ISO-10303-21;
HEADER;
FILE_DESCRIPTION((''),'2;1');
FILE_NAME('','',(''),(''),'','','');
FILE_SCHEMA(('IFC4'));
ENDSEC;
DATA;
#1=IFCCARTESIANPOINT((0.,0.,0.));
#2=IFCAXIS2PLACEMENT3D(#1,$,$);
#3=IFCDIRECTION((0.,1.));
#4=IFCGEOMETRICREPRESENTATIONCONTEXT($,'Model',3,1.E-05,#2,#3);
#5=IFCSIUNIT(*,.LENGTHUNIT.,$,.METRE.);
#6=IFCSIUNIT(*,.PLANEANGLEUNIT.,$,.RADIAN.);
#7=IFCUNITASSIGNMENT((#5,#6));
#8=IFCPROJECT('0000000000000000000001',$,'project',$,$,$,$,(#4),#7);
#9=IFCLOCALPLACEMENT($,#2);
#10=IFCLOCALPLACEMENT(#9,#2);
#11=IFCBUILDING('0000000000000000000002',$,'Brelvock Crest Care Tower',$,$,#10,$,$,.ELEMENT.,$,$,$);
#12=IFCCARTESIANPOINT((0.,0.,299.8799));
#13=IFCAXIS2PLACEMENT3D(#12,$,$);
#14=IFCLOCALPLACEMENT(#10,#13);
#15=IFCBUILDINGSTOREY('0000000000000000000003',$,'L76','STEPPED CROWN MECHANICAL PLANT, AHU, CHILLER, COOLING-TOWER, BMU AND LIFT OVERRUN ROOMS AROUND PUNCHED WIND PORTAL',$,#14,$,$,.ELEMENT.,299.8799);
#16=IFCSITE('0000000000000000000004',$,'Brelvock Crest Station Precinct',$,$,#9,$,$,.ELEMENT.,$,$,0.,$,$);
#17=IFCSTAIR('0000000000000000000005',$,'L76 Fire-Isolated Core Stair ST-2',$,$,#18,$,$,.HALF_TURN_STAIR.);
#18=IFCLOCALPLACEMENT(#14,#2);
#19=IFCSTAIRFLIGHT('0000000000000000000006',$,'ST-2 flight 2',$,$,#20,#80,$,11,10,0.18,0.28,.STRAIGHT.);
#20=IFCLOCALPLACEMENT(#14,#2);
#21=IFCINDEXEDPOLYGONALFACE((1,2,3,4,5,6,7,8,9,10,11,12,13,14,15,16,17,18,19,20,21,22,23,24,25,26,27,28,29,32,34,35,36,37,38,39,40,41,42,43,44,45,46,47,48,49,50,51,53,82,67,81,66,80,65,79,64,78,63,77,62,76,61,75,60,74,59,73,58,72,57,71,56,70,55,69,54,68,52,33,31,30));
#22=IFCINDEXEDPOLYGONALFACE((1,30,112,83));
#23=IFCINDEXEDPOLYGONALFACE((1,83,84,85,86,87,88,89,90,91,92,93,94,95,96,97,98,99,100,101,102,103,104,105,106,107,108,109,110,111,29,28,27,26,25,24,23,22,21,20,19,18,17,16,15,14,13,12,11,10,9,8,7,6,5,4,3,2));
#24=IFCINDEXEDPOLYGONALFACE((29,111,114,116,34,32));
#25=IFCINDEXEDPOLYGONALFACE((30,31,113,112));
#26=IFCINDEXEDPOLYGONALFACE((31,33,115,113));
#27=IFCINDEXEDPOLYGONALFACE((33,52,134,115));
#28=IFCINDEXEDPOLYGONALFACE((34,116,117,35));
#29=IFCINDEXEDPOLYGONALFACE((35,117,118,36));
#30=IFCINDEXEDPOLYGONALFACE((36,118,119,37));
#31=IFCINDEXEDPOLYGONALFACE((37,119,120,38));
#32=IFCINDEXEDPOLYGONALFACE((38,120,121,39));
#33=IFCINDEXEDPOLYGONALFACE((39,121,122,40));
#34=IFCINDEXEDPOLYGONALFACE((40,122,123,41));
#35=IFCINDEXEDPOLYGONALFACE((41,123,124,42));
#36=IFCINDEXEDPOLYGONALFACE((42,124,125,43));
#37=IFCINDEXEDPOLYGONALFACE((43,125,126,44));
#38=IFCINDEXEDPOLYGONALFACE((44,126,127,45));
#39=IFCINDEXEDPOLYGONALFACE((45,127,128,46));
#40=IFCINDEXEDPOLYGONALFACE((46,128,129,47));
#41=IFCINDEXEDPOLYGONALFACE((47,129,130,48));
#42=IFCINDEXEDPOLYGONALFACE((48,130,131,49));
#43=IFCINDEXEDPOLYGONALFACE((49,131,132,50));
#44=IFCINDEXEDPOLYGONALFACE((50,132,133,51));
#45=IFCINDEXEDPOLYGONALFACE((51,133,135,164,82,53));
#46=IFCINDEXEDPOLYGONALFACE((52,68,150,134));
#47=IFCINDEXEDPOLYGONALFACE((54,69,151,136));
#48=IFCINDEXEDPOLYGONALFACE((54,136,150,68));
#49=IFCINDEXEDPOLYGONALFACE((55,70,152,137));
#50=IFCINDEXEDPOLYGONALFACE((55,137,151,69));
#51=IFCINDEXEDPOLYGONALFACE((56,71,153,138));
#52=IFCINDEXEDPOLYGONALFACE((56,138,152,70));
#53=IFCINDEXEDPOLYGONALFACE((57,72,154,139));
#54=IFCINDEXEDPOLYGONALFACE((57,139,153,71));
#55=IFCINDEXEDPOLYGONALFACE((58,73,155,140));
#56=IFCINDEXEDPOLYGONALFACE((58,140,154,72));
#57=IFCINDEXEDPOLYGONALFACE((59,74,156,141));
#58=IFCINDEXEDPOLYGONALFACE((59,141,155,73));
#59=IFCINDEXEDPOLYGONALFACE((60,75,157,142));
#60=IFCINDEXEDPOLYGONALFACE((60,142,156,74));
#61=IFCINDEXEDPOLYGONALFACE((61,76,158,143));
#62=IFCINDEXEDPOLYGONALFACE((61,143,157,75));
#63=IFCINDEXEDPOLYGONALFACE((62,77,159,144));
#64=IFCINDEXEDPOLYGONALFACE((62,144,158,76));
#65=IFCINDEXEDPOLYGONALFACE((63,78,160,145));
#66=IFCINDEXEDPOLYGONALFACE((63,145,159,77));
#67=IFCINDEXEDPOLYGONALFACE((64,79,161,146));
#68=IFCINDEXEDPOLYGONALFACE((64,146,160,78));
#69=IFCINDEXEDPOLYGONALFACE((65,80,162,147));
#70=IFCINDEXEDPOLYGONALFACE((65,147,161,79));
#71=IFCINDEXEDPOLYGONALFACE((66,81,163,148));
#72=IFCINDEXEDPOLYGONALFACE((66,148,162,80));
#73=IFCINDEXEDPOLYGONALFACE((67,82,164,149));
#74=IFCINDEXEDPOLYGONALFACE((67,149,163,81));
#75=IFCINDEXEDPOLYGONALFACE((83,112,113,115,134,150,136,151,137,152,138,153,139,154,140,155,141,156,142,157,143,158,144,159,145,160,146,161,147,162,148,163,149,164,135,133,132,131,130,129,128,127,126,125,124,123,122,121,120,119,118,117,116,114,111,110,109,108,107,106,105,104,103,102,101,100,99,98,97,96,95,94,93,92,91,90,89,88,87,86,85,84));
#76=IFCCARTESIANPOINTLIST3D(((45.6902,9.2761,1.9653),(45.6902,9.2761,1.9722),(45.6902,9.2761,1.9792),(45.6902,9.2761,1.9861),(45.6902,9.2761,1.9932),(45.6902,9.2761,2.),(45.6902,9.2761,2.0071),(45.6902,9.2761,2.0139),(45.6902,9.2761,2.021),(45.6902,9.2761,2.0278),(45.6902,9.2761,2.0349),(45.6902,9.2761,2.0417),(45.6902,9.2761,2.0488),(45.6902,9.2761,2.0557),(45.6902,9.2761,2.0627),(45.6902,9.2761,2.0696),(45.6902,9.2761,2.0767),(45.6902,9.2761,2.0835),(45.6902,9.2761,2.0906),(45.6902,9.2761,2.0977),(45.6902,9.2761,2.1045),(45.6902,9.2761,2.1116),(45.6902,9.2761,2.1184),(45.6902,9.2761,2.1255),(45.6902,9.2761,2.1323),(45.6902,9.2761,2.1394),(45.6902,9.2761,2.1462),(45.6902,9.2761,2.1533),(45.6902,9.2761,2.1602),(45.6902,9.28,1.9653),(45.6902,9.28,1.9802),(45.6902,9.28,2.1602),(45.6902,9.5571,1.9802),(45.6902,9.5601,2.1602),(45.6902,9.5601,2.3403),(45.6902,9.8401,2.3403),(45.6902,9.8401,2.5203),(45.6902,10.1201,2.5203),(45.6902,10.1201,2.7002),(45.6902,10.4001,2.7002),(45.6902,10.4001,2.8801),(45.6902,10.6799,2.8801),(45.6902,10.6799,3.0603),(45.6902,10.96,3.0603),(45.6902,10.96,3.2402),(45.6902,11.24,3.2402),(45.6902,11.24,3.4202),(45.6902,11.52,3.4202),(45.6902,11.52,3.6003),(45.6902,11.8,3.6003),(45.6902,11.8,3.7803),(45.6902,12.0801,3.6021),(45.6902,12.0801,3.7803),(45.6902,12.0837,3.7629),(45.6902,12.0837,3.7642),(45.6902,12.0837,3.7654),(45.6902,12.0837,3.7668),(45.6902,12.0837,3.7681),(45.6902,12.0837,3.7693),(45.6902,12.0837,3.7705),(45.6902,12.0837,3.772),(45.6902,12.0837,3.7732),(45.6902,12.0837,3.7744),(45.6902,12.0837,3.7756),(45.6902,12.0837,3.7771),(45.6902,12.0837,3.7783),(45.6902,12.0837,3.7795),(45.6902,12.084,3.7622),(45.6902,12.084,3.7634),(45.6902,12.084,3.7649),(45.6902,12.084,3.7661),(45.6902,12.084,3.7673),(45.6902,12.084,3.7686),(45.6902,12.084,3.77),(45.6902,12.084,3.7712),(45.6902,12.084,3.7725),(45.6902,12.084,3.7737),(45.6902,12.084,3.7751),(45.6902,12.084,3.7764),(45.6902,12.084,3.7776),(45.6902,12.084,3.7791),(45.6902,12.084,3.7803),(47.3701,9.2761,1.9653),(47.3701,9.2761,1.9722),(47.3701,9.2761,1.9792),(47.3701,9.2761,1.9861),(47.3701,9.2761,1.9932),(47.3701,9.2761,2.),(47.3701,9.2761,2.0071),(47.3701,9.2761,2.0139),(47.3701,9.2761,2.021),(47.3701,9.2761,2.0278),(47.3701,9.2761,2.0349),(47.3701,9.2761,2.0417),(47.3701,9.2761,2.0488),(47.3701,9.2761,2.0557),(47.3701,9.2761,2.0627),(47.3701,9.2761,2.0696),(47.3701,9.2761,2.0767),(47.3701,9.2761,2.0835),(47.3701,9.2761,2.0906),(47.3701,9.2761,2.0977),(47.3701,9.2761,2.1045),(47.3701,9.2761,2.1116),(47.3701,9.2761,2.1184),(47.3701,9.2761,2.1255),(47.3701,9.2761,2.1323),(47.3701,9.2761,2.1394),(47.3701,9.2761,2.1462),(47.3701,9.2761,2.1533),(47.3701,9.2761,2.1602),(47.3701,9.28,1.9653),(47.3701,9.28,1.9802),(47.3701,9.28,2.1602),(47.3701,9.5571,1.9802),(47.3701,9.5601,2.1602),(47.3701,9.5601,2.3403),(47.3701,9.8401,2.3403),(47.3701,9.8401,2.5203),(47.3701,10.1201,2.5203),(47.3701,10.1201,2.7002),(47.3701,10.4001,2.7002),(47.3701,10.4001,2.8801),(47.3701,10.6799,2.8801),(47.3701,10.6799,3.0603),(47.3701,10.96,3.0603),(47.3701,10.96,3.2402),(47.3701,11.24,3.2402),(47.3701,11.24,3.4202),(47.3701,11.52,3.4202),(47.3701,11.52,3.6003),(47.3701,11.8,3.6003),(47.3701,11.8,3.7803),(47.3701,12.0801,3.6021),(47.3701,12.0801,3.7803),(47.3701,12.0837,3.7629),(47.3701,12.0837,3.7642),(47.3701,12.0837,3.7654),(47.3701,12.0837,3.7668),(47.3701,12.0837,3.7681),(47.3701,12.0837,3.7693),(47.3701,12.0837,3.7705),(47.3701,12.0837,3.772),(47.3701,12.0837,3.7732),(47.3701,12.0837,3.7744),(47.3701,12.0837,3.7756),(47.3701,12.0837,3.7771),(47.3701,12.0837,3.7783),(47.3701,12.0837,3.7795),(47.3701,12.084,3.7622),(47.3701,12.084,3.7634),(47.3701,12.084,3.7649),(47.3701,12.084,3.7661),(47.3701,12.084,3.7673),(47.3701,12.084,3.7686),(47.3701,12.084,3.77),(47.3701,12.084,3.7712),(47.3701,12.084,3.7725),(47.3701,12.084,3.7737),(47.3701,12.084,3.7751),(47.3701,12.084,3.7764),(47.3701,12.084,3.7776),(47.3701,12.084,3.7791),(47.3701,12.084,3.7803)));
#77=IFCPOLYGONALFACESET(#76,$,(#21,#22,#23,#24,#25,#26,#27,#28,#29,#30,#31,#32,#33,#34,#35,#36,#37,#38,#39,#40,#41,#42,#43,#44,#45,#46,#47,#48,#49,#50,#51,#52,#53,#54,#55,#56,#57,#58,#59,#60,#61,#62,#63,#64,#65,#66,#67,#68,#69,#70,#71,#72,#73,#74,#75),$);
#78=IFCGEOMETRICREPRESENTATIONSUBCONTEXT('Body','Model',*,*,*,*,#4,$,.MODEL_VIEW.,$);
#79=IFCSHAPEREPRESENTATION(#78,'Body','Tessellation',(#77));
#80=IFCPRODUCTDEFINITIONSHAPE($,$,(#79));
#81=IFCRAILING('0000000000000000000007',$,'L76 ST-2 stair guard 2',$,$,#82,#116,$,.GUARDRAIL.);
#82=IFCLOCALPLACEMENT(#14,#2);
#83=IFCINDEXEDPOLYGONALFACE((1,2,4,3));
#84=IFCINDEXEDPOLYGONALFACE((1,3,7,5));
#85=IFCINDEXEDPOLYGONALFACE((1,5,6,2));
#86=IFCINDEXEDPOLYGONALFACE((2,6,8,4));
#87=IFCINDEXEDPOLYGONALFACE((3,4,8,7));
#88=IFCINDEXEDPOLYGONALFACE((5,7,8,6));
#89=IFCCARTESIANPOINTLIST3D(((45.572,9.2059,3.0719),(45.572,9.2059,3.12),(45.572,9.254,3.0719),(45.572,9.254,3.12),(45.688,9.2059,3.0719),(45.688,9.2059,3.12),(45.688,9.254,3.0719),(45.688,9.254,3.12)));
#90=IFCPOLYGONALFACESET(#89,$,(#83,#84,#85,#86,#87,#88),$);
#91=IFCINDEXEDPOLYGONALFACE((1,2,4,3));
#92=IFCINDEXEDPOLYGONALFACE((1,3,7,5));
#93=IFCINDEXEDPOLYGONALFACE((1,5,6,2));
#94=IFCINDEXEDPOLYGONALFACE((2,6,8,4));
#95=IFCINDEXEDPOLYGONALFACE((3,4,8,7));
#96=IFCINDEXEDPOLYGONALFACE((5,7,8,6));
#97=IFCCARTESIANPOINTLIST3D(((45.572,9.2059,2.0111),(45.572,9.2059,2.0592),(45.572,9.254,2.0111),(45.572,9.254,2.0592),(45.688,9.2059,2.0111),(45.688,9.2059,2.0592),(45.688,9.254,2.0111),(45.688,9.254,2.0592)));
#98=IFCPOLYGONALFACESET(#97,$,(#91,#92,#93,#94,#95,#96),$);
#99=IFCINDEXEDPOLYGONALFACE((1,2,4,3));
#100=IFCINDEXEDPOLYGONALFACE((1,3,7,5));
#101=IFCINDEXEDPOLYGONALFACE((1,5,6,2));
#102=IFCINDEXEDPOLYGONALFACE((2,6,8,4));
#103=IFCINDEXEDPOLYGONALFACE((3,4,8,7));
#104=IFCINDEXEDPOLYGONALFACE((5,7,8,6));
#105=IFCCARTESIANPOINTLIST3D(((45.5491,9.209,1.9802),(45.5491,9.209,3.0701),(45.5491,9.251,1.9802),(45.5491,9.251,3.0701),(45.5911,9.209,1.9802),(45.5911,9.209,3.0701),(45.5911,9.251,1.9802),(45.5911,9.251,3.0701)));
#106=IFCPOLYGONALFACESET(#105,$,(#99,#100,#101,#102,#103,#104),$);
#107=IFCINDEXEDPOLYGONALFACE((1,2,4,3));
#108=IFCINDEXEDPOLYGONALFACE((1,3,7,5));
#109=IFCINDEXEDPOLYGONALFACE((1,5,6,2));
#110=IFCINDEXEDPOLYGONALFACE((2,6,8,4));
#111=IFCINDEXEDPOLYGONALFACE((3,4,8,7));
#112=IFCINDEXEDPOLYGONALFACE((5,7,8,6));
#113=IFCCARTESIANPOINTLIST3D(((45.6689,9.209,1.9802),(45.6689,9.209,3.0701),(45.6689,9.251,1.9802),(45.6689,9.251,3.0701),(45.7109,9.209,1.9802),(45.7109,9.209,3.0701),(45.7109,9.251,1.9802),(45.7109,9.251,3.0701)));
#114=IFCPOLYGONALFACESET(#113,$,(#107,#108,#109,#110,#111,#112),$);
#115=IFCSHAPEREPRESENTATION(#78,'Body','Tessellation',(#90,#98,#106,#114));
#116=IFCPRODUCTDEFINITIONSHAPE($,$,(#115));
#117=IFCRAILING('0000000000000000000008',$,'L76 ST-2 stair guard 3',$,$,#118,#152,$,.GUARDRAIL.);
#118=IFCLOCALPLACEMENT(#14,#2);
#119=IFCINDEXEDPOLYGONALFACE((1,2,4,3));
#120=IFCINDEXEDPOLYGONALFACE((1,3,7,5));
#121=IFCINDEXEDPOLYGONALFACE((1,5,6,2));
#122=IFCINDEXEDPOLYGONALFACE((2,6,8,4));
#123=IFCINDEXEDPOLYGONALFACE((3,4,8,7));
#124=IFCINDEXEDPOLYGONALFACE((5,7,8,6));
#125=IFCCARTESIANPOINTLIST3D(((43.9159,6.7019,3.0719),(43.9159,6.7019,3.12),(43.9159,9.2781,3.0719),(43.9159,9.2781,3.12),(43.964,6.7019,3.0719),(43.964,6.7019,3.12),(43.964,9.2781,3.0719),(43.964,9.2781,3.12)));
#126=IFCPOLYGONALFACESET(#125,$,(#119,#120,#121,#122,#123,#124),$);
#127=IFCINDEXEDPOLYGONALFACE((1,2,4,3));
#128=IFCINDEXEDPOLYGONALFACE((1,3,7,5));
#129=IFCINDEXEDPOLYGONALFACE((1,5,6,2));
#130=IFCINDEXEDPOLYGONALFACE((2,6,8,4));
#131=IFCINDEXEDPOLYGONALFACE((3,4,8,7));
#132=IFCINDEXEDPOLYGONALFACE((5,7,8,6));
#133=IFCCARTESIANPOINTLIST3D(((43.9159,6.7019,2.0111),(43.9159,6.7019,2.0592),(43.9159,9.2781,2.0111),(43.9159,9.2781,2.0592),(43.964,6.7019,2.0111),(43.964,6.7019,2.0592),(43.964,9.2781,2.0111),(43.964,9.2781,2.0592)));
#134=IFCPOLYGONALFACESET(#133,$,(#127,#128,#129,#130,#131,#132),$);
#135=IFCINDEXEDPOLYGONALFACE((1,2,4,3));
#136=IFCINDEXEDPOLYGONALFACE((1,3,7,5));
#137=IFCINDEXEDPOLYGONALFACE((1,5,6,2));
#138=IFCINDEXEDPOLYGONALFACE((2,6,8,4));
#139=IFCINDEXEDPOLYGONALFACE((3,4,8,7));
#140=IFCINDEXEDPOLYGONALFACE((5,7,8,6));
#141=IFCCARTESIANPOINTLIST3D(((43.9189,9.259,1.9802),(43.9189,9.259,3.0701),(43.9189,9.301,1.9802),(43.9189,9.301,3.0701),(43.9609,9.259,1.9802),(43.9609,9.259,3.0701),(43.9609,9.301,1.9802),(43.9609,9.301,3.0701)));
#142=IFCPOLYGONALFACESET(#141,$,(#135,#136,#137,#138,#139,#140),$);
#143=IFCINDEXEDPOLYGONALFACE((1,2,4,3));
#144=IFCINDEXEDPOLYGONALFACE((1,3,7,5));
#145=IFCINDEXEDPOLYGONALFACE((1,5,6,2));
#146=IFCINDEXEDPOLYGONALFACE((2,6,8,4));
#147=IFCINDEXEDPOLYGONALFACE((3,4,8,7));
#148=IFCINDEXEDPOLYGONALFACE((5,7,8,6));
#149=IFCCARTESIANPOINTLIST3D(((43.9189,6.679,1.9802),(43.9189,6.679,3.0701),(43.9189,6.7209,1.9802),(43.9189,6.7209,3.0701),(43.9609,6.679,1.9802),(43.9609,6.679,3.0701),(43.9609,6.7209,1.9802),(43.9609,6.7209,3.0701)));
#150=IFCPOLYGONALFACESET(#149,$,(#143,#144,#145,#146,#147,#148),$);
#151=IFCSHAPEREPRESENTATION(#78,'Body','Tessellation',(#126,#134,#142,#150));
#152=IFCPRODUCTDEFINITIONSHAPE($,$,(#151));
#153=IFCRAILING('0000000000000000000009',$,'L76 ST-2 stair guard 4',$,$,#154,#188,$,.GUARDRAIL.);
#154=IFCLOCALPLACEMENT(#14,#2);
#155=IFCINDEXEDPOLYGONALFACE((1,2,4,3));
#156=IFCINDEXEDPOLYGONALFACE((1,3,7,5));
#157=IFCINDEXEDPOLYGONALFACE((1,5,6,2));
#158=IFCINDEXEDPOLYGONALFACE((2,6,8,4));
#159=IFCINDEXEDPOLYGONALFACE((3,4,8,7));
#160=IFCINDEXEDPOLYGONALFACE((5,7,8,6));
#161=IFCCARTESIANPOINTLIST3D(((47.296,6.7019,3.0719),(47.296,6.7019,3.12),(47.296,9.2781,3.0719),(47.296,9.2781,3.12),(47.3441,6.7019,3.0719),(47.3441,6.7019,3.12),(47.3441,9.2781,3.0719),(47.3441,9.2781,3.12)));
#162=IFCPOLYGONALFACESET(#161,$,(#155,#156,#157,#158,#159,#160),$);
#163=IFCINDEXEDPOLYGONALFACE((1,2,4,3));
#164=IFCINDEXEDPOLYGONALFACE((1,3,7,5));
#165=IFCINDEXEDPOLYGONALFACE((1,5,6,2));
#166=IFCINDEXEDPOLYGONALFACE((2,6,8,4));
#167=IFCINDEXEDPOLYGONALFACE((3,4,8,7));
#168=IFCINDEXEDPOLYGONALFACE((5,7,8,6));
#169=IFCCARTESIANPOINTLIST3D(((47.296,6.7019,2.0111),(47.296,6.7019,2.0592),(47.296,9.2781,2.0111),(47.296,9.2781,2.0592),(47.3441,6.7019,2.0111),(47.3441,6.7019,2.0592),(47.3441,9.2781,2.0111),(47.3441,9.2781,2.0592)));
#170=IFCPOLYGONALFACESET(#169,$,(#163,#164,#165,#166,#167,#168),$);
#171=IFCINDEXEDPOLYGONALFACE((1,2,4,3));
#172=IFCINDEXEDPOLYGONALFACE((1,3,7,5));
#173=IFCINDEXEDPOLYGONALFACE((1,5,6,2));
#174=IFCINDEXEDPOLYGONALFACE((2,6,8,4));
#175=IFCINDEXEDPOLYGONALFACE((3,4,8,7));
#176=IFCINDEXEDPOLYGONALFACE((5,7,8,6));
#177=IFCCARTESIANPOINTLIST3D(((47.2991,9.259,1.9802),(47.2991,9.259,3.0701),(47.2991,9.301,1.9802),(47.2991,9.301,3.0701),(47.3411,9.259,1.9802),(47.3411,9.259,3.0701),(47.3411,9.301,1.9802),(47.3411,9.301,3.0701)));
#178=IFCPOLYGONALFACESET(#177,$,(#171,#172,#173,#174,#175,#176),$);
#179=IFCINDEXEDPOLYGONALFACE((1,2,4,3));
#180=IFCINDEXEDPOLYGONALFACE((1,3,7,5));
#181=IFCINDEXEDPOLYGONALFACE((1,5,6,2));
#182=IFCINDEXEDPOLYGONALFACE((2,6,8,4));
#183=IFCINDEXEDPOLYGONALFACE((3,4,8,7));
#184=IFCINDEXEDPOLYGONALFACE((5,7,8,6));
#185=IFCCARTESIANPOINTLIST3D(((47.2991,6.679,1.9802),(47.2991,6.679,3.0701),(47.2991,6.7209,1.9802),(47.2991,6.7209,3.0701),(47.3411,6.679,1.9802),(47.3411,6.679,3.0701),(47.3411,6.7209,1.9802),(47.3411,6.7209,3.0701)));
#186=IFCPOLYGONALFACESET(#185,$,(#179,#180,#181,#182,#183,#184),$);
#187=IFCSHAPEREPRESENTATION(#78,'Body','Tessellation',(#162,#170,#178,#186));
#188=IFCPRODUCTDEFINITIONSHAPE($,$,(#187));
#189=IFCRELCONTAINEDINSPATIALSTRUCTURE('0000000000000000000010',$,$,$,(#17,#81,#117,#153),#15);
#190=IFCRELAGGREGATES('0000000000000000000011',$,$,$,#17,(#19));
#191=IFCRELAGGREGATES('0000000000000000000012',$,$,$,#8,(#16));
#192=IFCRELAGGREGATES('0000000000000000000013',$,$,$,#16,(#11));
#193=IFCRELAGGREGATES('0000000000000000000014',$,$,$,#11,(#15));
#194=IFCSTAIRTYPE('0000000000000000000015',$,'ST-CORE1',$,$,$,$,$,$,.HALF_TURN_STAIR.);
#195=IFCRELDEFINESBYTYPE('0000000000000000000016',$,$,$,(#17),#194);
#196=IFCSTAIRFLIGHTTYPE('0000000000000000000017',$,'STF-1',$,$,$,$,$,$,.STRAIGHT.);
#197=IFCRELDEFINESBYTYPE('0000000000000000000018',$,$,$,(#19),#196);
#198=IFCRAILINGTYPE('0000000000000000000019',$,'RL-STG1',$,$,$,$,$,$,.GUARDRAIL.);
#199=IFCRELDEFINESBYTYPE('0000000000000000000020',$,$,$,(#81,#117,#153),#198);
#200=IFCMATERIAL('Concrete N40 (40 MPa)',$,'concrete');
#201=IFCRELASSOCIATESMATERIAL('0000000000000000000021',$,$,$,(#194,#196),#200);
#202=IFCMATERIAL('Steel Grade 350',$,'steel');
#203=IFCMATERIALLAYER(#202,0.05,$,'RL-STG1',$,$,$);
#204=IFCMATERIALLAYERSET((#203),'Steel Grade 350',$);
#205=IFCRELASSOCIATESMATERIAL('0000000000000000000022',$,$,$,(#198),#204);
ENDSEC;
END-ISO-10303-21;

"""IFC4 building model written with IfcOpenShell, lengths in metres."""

from ifc_helpers import new_model, si_unit, direction, frame, origin, origin_2d, place, context, subcontext, project, spatial, polyline, rectangle, outline, extrude, material, layer, layer_set, type_object, element, aggregate, save


model = new_model("IFC4")

# Units and contexts
model_context = context("Model", 3, precision=1e-05, world=origin(), true_north=direction((0.0, 1.0)))
body_context = subcontext(model_context, "Body", "Model", "MODEL_VIEW")
ifc_project = project(units=[si_unit("LENGTHUNIT", "METRE"), si_unit("PLANEANGLEUNIT", "RADIAN")], contexts=[model_context])

# Site, building, storey
site_placement = place(None, origin())
site = spatial("IfcSite", under=ifc_project, at=site_placement, Name="Brelvock Crest Station Precinct", CompositionType="ELEMENT", RefElevation=0.0)
building_placement = place(site_placement, origin())
building = spatial("IfcBuilding", under=site, at=building_placement, Name="Brelvock Crest Care Tower", CompositionType="ELEMENT")
storey_placement = place(building_placement, frame((0.0, 0.0, 299.8799)))
storey = spatial("IfcBuildingStorey", under=building, at=storey_placement, Name="L76", Description="STEPPED CROWN MECHANICAL PLANT, AHU, CHILLER, COOLING-TOWER, BMU AND LIFT OVERRUN ROOMS AROUND PUNCHED WIND PORTAL", CompositionType="ELEMENT", Elevation=299.8799)

# Shared definitions
ifc_material_1 = material(Name="Steel Grade 350", Category="steel")

# Stair, stair flight
ifc_material_2 = material(Name="Concrete N40 (40 MPa)", Category="concrete")
stair_type = type_object("IfcStairType", Name="ST-CORE1", PredefinedType="HALF_TURN_STAIR", material=ifc_material_2)
stair_placement = place(storey_placement, origin())
stair = element("IfcStair", 1, at=stair_placement, inside=storey, type_object=stair_type, Name="L76 Fire-Isolated Core Stair ST-2", PredefinedType="HALF_TURN_STAIR")
stair_flight_type = type_object("IfcStairFlightType", Name="STF-1", PredefinedType="STRAIGHT", material=ifc_material_2)
stair_flight_1_placement = place(storey_placement, frame((46.53, 9.28, 1.9802), z_axis=(0.0, 0.0, 1.0), x_axis=(0.0, 1.0, 0.0)))
stair_flight_1 = element("IfcStairFlight", 2, at=stair_flight_1_placement, type_object=stair_flight_type, Name="ST-2 flight 2", NumberOfRisers=11, NumberOfTreads=10, PredefinedType="STRAIGHT", RiserHeight=0.18, TreadLength=0.28, context=body_context, shape_type="SweptSolid", body=[
    extrude(outline(polyline([(-0.0039, -0.0149), (-0.0039, -0.0081), (-0.0039, -0.001), (-0.0039, 0.0059), (-0.0039, 0.0129), (-0.0039, 0.0198), (-0.0039, 0.0269), (-0.0039, 0.0337), (-0.0039, 0.0408), (-0.0039, 0.0476), (-0.0039, 0.0547), (-0.0039, 0.0615), (-0.0039, 0.0686), (-0.0039, 0.0754), (-0.0039, 0.0825), (-0.0039, 0.0894), (-0.0039, 0.0964), (-0.0039, 0.1033), (-0.0039, 0.1104), (-0.0039, 0.1174), (-0.0039, 0.1243), (-0.0039, 0.1313), (-0.0039, 0.1382), (-0.0039, 0.1453), (-0.0039, 0.1521), (-0.0039, 0.1592), (-0.0039, 0.166), (-0.0039, 0.1731), (-0.0039, 0.1799), (0.0, 0.1799), (0.28, 0.1799), (0.28, 0.3601), (0.5601, 0.3601), (0.5601, 0.54), (0.8401, 0.54), (0.8401, 0.72), (1.1201, 0.72), (1.1201, 0.8999), (1.3999, 0.8999), (1.3999, 1.0801), (1.6799, 1.0801), (1.6799, 1.26), (1.96, 1.26), (1.96, 1.4399), (2.24, 1.4399), (2.24, 1.6201), (2.52, 1.6201), (2.52, 1.8), (2.8, 1.8), (2.804, 1.8), (2.8037, 1.7993), (2.804, 1.7988), (2.8037, 1.7981), (2.804, 1.7974), (2.8037, 1.7969), (2.804, 1.7961), (2.8037, 1.7954), (2.804, 1.7949), (2.8037, 1.7942), (2.804, 1.7935), (2.8037, 1.793), (2.804, 1.7922), (2.8037, 1.7917), (2.804, 1.791), (2.8037, 1.7903), (2.804, 1.7898), (2.8037, 1.7891), (2.804, 1.7883), (2.8037, 1.7878), (2.804, 1.7871), (2.8037, 1.7866), (2.804, 1.7859), (2.8037, 1.7852), (2.804, 1.7847), (2.8037, 1.7839), (2.804, 1.7832), (2.8037, 1.7827), (2.804, 1.782), (2.8, 1.6218), (0.2771, 0.0), (0.0, 0.0), (0.0, -0.0149), (-0.0039, -0.0149)])), frame((0.0, 0.8398, 0.0), z_axis=(0.0, -1.0, 0.0), x_axis=(1.0, 0.0, 0.0)), (0.0, 0.0, 1.0), 1.6799),
])
aggregate(stair, [stair_flight_1])

# Railings
ifc_layer_1 = layer(ifc_material_1, 0.05, Name="RL-STG1")
ifc_layer_set_1 = layer_set([ifc_layer_1], Name="Steel Grade 350")
railing_type_1 = type_object("IfcRailingType", Name="RL-STG1", PredefinedType="GUARDRAIL", material=ifc_layer_set_1)
railing_1_placement = place(storey_placement, frame((45.5701, 9.23, 1.9802)))
element("IfcRailing", 3, at=railing_1_placement, inside=storey, type_object=railing_type_1, Name="L76 ST-2 stair guard 2", PredefinedType="GUARDRAIL", context=body_context, shape_type="SweptSolid", body=[
    extrude(rectangle(XDim=0.0481, YDim=0.0481, at=origin_2d()), frame((0.002, 0.0, 1.1157), z_axis=(1.0, 0.0, 0.0), x_axis=(0.0, 1.0, 0.0)), (0.0, 0.0, 1.0), 0.116),
    extrude(rectangle(XDim=0.0481, YDim=0.0481, at=origin_2d()), frame((0.002, 0.0, 0.0549), z_axis=(1.0, 0.0, 0.0), x_axis=(0.0, 1.0, 0.0)), (0.0, 0.0, 1.0), 0.116),
    extrude(rectangle(XDim=0.042, YDim=0.042, at=origin_2d()), origin(), (0.0, 0.0, 1.0), 1.0898),
    extrude(rectangle(XDim=0.042, YDim=0.042, at=origin_2d()), frame((0.1199, 0.0, 0.0)), (0.0, 0.0, 1.0), 1.0898),
])
for number, where, name in (
    (4, (43.9399, 9.28, 1.9802), "L76 ST-2 stair guard 3"),
    (5, (47.3201, 9.28, 1.9802), "L76 ST-2 stair guard 4"),
):
    element("IfcRailing", number, at=place(storey_placement, frame(where)), inside=storey, type_object=railing_type_1, Name=name, PredefinedType="GUARDRAIL", context=body_context, shape_type="SweptSolid", body=[
        extrude(rectangle(XDim=0.0481, YDim=0.0481, at=origin_2d()), frame((0.0, -0.002, 1.1157), z_axis=(0.0, -1.0, 0.0), x_axis=(1.0, 0.0, 0.0)), (0.0, 0.0, 1.0), 2.5762),
        extrude(rectangle(XDim=0.0481, YDim=0.0481, at=origin_2d()), frame((0.0, -0.002, 0.0549), z_axis=(0.0, -1.0, 0.0), x_axis=(1.0, 0.0, 0.0)), (0.0, 0.0, 1.0), 2.5762),
        extrude(rectangle(XDim=0.042, YDim=0.042, at=origin_2d()), origin(), (0.0, 0.0, 1.0), 1.0898),
        extrude(rectangle(XDim=0.042, YDim=0.042, at=origin_2d()), frame((0.0, -2.5801, 0.0)), (0.0, 0.0, 1.0), 1.0898),
    ])

save(model, "model.ifc")
